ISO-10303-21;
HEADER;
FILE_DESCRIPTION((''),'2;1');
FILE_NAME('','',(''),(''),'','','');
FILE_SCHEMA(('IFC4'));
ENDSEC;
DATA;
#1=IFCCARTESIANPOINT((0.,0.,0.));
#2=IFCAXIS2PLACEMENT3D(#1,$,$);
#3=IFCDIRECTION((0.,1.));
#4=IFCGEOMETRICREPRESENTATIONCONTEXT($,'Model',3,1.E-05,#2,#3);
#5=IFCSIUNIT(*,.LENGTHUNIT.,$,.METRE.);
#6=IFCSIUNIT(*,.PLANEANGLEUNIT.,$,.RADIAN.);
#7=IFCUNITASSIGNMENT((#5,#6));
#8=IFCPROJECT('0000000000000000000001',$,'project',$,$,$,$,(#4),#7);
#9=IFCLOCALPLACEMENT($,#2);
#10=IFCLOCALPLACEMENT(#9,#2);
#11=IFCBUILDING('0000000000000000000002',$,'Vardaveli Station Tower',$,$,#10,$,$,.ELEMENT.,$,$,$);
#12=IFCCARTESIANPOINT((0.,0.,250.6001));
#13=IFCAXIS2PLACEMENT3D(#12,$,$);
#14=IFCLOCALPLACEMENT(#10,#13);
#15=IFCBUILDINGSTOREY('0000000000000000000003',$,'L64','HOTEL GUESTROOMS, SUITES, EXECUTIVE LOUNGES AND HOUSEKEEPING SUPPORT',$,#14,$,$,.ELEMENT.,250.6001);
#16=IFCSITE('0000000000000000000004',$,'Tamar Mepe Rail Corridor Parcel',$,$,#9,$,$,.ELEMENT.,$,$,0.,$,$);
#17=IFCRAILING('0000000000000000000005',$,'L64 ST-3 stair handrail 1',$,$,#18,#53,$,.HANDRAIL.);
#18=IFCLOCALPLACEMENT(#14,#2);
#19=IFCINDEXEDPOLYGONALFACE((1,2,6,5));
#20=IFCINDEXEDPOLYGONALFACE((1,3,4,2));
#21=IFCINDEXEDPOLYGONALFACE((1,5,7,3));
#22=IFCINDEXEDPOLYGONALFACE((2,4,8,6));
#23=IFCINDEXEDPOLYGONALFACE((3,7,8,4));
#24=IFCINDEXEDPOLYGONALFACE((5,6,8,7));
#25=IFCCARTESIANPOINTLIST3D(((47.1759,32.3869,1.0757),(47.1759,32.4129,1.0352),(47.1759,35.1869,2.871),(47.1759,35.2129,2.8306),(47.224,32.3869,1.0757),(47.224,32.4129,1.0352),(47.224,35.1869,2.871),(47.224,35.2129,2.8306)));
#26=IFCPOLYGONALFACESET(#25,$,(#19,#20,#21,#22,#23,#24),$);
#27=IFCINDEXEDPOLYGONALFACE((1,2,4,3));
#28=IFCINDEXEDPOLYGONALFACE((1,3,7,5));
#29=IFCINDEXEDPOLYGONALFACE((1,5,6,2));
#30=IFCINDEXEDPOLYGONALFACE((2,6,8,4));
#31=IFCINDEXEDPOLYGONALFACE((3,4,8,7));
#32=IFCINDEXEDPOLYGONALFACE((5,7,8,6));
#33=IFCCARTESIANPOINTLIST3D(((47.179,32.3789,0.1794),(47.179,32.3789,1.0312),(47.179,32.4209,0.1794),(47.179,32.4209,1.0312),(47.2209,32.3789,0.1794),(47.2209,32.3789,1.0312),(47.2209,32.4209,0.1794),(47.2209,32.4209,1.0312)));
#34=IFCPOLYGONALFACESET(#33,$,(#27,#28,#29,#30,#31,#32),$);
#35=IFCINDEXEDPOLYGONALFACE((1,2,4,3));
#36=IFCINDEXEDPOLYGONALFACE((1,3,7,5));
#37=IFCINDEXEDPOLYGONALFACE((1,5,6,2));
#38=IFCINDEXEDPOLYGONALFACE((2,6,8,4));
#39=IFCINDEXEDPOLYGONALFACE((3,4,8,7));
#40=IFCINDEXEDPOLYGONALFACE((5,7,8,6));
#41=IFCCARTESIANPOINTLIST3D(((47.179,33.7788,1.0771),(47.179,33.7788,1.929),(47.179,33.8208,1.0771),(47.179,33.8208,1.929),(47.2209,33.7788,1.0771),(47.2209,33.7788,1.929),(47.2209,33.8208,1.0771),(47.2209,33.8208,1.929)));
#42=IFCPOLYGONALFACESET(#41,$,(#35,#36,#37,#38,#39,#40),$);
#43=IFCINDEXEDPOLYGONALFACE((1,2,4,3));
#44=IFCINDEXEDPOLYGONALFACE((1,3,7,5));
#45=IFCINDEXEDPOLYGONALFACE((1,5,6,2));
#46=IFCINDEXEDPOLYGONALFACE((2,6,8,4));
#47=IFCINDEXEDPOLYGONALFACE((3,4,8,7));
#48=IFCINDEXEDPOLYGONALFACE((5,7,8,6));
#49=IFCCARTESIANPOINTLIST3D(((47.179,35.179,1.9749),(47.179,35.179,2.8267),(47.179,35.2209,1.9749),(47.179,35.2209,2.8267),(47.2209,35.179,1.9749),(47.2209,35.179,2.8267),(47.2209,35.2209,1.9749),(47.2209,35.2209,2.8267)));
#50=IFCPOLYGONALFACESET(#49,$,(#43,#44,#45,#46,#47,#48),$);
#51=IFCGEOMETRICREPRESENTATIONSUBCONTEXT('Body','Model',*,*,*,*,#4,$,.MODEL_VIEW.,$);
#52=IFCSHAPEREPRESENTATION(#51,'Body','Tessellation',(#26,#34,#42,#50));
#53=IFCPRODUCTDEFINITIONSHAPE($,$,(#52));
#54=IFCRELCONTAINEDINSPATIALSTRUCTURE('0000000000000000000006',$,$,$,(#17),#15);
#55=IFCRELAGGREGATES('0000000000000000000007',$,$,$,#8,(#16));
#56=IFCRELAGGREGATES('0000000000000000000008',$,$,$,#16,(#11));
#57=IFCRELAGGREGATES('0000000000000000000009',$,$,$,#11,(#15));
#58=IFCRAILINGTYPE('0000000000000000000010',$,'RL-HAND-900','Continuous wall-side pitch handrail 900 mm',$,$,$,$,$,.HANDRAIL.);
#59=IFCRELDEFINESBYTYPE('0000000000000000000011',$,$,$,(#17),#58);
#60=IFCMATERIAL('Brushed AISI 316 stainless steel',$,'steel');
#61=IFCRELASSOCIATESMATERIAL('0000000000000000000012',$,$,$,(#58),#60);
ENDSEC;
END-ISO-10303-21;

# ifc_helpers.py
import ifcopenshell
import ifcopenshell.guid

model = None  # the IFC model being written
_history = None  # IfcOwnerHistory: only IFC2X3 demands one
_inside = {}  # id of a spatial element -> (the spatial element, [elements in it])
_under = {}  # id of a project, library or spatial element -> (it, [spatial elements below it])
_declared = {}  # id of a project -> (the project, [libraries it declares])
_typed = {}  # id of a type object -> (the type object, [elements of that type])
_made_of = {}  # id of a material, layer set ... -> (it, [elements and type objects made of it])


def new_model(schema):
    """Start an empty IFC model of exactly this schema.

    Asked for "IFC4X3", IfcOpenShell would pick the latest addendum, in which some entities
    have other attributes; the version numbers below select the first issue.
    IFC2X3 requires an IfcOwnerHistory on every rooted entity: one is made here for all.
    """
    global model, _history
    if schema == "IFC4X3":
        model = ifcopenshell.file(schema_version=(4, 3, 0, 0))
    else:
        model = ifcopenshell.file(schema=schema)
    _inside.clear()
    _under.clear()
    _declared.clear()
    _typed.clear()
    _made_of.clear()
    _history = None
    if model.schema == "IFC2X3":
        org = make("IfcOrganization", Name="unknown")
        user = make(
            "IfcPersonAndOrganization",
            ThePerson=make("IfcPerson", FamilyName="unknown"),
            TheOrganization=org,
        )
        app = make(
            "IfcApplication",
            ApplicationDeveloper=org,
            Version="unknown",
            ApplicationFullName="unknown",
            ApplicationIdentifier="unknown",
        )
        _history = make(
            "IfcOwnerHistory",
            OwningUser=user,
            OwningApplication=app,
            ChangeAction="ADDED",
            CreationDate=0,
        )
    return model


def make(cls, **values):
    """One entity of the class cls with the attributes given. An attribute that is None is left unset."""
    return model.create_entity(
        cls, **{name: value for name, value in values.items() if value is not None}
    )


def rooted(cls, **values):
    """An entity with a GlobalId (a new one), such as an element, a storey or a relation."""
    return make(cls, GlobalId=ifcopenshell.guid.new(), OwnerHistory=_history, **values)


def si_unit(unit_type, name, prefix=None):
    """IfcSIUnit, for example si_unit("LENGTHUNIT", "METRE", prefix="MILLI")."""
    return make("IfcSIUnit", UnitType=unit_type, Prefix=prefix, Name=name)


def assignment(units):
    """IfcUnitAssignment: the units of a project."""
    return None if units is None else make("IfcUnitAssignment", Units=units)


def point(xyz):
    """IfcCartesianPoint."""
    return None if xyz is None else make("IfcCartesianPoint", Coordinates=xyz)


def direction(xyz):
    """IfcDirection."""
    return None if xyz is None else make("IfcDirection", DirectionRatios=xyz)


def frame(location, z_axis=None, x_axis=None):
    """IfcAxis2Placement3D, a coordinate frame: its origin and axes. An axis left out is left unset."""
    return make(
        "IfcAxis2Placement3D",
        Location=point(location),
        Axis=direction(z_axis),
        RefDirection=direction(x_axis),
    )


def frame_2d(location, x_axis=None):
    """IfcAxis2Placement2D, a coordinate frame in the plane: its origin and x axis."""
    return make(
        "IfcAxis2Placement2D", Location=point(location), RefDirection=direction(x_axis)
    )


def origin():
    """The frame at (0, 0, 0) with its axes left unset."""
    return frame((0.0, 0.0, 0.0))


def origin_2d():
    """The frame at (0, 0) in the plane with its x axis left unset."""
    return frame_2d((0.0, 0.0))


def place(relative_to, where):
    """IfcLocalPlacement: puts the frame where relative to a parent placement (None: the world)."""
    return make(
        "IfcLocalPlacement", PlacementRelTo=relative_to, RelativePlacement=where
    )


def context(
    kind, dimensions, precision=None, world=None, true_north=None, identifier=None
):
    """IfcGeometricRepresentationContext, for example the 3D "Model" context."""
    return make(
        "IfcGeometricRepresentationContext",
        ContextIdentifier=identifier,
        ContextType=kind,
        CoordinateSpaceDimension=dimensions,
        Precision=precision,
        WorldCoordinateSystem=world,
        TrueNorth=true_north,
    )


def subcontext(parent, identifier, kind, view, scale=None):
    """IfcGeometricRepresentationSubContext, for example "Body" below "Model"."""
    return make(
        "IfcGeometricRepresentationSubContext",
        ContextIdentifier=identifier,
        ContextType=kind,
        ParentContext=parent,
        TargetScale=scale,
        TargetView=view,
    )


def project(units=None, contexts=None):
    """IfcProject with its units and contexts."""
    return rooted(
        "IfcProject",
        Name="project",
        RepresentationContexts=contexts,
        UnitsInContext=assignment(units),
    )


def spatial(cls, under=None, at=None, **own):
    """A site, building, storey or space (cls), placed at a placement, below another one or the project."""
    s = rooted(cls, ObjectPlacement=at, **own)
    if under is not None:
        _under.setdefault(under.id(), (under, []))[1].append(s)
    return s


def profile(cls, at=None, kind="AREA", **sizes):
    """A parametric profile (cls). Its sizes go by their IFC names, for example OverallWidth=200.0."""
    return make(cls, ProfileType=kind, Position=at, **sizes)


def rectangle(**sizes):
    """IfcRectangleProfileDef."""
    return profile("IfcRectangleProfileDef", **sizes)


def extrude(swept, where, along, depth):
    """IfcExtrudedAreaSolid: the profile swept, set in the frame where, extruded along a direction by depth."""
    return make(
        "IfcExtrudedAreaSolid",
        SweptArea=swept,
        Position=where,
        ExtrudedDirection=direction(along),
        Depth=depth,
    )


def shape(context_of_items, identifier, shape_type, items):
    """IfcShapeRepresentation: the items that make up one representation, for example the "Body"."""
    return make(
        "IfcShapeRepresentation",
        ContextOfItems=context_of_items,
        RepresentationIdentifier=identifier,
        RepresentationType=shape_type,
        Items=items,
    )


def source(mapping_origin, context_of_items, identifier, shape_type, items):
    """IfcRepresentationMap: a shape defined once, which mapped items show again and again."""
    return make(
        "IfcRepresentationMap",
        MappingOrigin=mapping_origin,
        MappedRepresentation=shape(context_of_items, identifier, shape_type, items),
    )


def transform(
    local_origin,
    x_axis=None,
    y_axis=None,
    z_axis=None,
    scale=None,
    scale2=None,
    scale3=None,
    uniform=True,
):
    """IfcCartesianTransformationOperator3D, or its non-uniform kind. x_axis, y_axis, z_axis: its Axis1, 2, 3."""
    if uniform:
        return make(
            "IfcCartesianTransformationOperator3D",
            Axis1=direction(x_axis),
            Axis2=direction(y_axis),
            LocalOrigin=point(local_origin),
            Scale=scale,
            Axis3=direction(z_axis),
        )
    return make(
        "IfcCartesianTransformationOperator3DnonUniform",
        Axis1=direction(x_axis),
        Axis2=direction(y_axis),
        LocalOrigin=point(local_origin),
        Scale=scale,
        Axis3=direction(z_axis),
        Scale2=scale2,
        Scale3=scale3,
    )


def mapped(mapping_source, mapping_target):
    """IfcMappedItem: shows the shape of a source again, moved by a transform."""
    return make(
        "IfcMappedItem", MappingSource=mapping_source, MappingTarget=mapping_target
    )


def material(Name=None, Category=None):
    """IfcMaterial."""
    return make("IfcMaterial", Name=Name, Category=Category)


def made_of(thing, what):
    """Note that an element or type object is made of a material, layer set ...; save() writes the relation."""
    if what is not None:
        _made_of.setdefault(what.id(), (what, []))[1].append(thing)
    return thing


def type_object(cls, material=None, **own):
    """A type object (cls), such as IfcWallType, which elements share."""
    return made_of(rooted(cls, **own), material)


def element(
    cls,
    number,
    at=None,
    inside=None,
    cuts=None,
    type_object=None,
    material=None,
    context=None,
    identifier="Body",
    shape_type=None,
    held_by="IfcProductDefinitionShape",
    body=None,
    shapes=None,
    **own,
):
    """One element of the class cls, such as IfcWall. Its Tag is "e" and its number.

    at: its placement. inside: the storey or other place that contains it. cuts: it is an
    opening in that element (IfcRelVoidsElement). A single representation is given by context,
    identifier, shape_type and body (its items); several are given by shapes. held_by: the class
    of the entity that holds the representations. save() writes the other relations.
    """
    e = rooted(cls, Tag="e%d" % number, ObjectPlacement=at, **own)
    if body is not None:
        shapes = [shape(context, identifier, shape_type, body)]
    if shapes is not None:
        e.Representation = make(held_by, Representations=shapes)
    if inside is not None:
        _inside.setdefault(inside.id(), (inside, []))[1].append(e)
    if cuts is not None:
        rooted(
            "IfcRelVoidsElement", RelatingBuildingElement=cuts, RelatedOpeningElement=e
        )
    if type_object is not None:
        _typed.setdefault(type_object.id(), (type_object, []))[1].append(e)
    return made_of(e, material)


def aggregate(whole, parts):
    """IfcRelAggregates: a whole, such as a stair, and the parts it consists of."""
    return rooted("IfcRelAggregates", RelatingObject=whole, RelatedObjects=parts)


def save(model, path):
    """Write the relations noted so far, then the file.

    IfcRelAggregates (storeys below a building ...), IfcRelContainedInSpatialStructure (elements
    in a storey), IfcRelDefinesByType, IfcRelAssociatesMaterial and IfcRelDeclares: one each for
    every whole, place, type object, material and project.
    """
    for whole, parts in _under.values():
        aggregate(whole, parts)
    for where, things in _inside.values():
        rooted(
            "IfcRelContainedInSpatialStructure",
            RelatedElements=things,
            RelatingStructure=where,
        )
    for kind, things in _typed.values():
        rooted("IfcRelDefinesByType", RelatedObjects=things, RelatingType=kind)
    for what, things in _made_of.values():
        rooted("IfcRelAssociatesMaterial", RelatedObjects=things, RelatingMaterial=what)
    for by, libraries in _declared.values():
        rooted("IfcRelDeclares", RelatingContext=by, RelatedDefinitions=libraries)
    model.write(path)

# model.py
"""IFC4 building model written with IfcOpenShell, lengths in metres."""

from ifc_helpers import new_model, si_unit, direction, frame, origin, origin_2d, place, context, subcontext, project, spatial, rectangle, extrude, source, transform, mapped, material, type_object, element, save


model = new_model("IFC4")

# Units and contexts
model_context = context("Model", 3, precision=1e-05, world=origin(), true_north=direction((0.0, 1.0)))
body_context = subcontext(model_context, "Body", "Model", "MODEL_VIEW")
ifc_project = project(units=[si_unit("LENGTHUNIT", "METRE"), si_unit("PLANEANGLEUNIT", "RADIAN")], contexts=[model_context])

# Site, building, storey
site_placement = place(None, origin())
site = spatial("IfcSite", under=ifc_project, at=site_placement, Name="Tamar Mepe Rail Corridor Parcel", CompositionType="ELEMENT", RefElevation=0.0)
building_placement = place(site_placement, origin())
building = spatial("IfcBuilding", under=site, at=building_placement, Name="Vardaveli Station Tower", CompositionType="ELEMENT")
storey_placement = place(building_placement, frame((0.0, 0.0, 250.6001)))
storey = spatial("IfcBuildingStorey", under=building, at=storey_placement, Name="L64", Description="HOTEL GUESTROOMS, SUITES, EXECUTIVE LOUNGES AND HOUSEKEEPING SUPPORT", CompositionType="ELEMENT", Elevation=250.6001)

# Railing
ifc_material_1 = material(Name="Brushed AISI 316 stainless steel", Category="steel")
railing_type_1 = type_object("IfcRailingType", Name="RL-HAND-900", Description="Continuous wall-side pitch handrail 900 mm", PredefinedType="HANDRAIL", material=ifc_material_1)
shared_shape_1 = source(origin(), body_context, "Body", "SweptSolid", [
    extrude(rectangle(XDim=0.0481, YDim=0.0481, at=origin_2d()), frame((0.0, 0.0, 0.876), z_axis=(0.0, 0.84181, 0.539774), x_axis=(-1.0, 0.0, 0.0)), (0.0, 0.0, 1.0), 3.3262),
    extrude(rectangle(XDim=0.042, YDim=0.042, at=origin_2d()), origin(), (0.0, 0.0, 1.0), 0.8518),
    extrude(rectangle(XDim=0.042, YDim=0.042, at=origin_2d()), frame((0.0, 1.3999, 0.8977)), (0.0, 0.0, 1.0), 0.8518),
    extrude(rectangle(XDim=0.042, YDim=0.042, at=origin_2d()), frame((0.0, 2.8, 1.7954)), (0.0, 0.0, 1.0), 0.8518),
])
railing_1_placement = place(storey_placement, frame((47.2, 32.3999, 0.1794)))
element("IfcRailing", 1, at=railing_1_placement, inside=storey, type_object=railing_type_1, Name="L64 ST-3 stair handrail 1", PredefinedType="HANDRAIL", context=body_context, shape_type="MappedRepresentation", body=[
    mapped(shared_shape_1, transform((0.0, 0.0, 0.0), scale=1.0)),
])

save(model, "model.ifc")
